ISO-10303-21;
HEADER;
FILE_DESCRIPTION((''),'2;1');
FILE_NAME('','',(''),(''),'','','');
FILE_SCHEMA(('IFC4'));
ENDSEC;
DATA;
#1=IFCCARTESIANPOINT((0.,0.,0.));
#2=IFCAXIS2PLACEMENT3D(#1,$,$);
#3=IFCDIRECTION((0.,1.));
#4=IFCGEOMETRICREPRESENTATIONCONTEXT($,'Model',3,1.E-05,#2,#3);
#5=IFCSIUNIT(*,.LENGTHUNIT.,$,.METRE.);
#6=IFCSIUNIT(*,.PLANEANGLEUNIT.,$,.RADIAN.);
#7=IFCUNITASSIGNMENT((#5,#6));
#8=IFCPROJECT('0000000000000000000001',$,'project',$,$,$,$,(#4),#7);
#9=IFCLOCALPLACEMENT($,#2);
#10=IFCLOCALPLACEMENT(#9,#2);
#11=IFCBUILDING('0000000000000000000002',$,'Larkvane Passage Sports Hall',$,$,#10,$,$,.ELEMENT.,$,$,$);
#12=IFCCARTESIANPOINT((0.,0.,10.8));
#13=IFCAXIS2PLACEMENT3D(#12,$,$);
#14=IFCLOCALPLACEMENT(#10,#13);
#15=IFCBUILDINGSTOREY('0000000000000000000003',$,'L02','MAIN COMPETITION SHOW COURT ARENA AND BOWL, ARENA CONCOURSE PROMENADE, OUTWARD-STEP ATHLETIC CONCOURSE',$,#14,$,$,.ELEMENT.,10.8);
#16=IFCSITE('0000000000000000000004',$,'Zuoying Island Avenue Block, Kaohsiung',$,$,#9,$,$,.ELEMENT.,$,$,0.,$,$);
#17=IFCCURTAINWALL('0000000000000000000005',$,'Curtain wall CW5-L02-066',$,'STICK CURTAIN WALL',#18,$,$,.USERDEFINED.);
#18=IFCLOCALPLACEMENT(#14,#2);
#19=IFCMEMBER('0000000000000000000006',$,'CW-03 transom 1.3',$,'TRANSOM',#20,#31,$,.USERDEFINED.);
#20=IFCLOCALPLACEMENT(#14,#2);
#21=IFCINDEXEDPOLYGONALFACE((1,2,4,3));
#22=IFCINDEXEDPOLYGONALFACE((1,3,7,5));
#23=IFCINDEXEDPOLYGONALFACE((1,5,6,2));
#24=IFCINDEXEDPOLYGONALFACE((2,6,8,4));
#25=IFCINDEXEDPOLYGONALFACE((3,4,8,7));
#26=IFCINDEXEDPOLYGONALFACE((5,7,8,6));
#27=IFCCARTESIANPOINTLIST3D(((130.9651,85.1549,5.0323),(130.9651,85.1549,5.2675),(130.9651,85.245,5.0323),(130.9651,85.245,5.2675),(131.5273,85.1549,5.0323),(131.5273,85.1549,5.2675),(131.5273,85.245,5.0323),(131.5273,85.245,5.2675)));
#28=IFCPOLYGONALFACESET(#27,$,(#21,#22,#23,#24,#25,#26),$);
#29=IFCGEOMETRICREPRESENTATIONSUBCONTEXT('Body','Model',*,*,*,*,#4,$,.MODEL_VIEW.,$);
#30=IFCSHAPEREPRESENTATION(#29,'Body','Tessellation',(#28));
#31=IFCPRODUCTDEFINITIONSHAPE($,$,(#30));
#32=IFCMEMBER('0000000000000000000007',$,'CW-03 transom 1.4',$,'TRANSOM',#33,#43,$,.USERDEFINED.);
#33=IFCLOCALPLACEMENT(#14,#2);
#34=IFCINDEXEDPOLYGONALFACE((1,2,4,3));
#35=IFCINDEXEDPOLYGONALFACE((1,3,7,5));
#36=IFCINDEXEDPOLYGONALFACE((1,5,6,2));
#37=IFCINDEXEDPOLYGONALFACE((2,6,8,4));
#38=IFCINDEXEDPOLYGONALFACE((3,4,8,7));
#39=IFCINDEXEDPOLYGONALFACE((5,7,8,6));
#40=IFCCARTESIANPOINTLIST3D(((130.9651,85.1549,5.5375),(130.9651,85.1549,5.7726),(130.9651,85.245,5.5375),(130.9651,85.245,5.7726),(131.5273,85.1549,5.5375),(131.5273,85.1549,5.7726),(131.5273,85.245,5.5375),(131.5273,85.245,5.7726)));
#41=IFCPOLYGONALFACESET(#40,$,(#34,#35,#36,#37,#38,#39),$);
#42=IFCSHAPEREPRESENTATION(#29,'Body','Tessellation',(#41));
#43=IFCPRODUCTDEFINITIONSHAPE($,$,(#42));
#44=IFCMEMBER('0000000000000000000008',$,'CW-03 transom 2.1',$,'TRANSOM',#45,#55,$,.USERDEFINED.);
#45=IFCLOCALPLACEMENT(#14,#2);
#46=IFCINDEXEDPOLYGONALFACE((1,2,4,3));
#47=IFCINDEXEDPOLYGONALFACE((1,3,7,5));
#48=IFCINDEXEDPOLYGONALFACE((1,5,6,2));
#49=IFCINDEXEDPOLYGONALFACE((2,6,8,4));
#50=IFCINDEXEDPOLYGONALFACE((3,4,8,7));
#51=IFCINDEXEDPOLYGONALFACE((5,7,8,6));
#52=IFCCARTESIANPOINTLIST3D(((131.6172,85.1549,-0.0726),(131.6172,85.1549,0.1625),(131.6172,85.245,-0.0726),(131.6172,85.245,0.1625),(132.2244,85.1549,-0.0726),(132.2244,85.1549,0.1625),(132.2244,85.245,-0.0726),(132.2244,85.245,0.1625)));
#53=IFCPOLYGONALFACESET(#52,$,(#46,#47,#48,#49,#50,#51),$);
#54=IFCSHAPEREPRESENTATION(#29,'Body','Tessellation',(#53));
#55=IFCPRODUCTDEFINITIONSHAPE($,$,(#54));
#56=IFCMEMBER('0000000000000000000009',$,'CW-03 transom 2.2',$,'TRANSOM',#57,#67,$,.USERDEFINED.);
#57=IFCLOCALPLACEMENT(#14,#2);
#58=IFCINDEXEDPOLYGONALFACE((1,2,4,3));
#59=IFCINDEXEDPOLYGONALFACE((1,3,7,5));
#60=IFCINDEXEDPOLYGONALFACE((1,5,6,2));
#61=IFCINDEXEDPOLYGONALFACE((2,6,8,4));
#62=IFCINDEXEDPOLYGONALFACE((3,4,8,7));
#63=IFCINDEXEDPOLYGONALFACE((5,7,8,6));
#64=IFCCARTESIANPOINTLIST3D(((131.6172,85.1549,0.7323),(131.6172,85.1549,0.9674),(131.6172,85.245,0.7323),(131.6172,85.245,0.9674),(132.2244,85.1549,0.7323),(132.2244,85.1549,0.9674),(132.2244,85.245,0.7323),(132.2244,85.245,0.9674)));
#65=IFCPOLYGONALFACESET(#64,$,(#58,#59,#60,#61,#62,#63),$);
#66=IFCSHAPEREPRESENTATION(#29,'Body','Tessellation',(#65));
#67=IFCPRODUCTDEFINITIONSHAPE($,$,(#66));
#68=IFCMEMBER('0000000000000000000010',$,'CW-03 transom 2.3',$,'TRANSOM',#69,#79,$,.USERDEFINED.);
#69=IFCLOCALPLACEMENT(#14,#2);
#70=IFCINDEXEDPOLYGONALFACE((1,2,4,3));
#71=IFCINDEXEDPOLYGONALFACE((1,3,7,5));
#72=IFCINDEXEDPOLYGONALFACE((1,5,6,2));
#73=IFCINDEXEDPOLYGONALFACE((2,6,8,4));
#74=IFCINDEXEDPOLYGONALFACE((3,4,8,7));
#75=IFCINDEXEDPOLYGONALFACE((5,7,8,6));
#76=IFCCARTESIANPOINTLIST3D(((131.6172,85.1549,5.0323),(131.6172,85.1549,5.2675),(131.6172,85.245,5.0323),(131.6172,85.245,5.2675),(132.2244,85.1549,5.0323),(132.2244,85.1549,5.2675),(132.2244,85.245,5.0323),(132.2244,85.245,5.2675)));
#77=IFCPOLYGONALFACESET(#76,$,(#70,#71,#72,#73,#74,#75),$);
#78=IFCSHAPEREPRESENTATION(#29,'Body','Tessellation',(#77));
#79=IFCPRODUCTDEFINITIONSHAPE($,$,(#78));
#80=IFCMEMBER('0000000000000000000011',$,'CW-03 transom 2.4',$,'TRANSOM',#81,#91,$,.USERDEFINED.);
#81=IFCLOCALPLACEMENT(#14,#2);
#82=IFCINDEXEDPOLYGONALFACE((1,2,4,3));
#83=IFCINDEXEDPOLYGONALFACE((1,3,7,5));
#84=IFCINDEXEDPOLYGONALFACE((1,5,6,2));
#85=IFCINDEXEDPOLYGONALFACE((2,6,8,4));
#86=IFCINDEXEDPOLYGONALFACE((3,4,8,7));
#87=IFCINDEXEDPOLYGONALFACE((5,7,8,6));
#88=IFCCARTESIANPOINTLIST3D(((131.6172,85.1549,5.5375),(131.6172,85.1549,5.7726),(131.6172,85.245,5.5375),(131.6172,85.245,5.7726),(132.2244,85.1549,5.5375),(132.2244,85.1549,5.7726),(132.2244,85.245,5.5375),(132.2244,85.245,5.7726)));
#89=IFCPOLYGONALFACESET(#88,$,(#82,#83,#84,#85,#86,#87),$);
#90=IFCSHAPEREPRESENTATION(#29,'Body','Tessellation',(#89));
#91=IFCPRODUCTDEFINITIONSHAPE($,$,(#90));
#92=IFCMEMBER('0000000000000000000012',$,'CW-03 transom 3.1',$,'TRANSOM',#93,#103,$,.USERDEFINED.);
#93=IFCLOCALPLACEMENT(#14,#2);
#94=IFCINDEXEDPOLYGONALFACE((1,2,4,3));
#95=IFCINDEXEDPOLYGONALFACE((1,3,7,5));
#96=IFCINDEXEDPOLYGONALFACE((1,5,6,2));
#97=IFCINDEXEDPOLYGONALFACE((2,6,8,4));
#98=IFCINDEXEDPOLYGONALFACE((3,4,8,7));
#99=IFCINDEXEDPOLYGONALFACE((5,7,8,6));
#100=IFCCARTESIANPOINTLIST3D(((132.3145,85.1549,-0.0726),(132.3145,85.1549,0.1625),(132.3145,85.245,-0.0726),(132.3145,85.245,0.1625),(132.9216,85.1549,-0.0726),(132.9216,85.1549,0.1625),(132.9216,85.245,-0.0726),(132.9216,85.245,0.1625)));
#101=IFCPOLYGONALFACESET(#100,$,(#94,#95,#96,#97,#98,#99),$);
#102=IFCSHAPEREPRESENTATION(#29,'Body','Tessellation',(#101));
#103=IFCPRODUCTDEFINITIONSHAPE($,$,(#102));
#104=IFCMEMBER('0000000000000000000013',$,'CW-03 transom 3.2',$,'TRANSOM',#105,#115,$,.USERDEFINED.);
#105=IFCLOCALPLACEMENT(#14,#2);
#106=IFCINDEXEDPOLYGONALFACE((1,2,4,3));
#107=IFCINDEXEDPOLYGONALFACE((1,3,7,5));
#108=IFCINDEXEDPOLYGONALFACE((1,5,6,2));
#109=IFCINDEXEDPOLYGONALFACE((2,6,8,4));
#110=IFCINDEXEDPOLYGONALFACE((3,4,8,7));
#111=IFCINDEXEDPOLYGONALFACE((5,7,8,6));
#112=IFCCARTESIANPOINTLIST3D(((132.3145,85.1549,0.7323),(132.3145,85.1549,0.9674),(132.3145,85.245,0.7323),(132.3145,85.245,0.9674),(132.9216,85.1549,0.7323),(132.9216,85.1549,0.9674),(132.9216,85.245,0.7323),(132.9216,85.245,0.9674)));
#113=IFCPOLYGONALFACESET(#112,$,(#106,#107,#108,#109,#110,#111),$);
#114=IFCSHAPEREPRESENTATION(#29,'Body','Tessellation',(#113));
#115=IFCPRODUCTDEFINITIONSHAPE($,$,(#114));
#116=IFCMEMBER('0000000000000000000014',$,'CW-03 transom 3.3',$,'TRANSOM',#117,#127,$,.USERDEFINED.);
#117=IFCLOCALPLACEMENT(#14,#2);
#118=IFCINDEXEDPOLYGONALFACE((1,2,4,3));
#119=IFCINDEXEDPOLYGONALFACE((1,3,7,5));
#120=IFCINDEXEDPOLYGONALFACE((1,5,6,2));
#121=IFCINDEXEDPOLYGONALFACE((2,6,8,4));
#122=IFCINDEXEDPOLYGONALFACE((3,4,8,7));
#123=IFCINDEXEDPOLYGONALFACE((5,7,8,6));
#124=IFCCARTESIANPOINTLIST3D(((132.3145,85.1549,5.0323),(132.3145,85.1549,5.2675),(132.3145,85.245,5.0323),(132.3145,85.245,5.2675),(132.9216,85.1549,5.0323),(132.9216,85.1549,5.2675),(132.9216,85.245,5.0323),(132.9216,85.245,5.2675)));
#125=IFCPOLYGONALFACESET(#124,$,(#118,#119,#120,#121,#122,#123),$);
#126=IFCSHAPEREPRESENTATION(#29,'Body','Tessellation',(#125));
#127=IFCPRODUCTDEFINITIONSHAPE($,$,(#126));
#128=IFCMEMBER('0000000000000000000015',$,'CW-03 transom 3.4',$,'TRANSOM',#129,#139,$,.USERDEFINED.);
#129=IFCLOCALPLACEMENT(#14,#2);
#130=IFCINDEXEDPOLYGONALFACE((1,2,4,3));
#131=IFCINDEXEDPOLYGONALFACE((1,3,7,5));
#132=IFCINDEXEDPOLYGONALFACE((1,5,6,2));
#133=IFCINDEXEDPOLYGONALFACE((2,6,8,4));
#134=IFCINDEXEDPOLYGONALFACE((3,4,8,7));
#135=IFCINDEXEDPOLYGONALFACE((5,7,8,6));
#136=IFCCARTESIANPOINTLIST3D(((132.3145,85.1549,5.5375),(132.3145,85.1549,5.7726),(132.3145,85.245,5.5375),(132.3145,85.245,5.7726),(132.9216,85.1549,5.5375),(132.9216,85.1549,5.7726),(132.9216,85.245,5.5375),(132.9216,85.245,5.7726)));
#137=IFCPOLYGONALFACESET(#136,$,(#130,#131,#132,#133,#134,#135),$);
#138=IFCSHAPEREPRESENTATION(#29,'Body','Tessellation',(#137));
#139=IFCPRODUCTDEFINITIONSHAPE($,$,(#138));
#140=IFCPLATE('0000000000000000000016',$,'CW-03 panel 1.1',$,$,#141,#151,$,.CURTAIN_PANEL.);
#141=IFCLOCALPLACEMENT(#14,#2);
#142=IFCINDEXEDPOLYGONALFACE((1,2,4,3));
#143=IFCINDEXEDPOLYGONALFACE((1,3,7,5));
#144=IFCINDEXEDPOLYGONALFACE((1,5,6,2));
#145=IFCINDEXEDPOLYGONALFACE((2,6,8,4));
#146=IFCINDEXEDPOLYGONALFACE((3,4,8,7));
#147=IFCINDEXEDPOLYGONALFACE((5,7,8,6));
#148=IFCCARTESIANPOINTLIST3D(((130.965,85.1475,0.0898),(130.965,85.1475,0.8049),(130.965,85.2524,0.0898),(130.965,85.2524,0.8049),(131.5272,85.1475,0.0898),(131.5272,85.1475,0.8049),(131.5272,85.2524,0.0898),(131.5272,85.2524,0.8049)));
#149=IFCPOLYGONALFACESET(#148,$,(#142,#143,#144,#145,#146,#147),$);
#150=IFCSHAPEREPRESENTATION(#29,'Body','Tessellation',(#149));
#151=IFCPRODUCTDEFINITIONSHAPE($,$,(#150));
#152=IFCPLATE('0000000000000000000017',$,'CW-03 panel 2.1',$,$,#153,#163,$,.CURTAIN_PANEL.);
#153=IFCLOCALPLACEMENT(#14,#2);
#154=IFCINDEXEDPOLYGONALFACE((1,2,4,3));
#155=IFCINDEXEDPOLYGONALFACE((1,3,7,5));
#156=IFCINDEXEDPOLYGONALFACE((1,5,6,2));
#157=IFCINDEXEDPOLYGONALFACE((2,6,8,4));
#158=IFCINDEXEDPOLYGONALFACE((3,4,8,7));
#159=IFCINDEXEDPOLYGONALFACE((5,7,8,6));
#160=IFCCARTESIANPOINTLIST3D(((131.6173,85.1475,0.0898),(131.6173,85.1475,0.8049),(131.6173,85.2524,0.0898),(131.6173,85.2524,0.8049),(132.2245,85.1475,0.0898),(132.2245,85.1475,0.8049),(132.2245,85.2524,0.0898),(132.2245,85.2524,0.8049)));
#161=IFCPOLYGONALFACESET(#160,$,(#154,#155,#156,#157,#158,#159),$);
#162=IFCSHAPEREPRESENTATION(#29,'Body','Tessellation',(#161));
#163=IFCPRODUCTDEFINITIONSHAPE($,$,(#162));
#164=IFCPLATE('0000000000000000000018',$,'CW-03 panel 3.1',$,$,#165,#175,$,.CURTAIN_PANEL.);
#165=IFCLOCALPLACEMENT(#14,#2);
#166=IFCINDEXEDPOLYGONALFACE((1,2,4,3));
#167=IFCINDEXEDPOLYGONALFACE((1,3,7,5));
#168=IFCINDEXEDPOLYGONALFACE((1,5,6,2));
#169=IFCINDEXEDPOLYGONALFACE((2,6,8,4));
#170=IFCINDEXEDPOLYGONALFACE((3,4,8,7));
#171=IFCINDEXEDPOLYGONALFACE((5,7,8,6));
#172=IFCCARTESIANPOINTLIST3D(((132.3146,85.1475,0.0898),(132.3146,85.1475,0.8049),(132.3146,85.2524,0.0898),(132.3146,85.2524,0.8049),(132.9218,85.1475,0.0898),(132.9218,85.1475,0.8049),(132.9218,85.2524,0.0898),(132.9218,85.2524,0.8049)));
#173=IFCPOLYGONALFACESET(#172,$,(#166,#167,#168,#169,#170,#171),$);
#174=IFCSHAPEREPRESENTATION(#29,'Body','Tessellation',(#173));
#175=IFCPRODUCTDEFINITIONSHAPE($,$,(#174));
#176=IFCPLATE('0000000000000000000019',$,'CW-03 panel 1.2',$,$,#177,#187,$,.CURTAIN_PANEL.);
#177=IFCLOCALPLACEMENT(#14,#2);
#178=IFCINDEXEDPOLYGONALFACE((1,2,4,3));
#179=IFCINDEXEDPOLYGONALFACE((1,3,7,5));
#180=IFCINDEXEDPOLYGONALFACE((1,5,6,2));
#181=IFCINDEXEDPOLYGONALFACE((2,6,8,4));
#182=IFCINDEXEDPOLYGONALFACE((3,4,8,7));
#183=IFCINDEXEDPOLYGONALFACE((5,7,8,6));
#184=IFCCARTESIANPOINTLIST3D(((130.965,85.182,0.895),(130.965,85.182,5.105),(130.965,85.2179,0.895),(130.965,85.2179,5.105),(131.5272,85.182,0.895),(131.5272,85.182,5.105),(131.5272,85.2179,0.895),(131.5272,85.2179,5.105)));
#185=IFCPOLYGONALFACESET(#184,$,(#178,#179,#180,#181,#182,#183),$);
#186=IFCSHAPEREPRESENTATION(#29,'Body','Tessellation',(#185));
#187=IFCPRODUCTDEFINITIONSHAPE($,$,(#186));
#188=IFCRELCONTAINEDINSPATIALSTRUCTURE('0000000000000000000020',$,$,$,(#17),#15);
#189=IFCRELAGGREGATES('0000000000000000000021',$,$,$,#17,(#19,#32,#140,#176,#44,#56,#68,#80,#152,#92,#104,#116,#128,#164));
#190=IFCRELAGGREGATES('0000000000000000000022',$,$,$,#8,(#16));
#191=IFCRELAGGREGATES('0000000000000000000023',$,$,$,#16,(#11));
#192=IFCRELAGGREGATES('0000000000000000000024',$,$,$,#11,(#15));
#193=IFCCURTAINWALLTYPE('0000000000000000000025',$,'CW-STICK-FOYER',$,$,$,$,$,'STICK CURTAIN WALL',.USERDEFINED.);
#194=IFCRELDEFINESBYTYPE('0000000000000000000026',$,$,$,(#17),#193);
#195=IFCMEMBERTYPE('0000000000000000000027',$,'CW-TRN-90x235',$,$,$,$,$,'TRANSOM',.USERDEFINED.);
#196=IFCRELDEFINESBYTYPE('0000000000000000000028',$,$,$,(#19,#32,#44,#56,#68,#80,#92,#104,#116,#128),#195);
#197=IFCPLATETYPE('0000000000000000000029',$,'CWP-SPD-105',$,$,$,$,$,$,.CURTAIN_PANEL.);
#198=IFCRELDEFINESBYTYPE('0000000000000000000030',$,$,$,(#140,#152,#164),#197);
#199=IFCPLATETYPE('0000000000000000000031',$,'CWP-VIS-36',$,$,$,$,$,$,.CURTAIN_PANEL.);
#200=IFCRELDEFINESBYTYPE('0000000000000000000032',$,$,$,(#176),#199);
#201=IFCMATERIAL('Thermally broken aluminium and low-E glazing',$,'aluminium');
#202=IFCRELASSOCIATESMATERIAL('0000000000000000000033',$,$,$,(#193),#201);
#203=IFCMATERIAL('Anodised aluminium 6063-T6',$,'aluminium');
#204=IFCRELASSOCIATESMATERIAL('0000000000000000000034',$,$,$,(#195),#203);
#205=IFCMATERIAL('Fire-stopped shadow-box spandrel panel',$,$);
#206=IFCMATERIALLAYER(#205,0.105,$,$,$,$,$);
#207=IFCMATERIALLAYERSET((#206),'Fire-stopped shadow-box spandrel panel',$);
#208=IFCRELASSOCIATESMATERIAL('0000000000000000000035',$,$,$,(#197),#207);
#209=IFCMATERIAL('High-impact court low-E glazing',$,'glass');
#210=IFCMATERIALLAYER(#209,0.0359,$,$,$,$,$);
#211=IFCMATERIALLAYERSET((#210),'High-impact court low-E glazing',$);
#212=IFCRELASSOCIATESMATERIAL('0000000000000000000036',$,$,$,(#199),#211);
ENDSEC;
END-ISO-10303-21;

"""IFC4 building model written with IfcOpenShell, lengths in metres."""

from ifc_helpers import new_model, si_unit, direction, frame, origin, origin_2d, place, context, subcontext, project, spatial, rectangle, extrude, material, layer, layer_set, material_profile, profile_set, type_object, element, aggregate, save


model = new_model("IFC4")

# Units and contexts
model_context = context("Model", 3, precision=1e-05, world=origin(), true_north=direction((0.0, 1.0)))
body_context = subcontext(model_context, "Body", "Model", "MODEL_VIEW")
ifc_project = project(units=[si_unit("LENGTHUNIT", "METRE"), si_unit("PLANEANGLEUNIT", "RADIAN")], contexts=[model_context])

# Site, building, storey
site_placement = place(None, origin())
site = spatial("IfcSite", under=ifc_project, at=site_placement, Name="Zuoying Island Avenue Block, Kaohsiung", CompositionType="ELEMENT", RefElevation=0.0)
building_placement = place(site_placement, origin())
building = spatial("IfcBuilding", under=site, at=building_placement, Name="Larkvane Passage Sports Hall", CompositionType="ELEMENT")
storey_placement = place(building_placement, frame((0.0, 0.0, 10.8)))
storey = spatial("IfcBuildingStorey", under=building, at=storey_placement, Name="L02", Description="MAIN COMPETITION SHOW COURT ARENA AND BOWL, ARENA CONCOURSE PROMENADE, OUTWARD-STEP ATHLETIC CONCOURSE", CompositionType="ELEMENT", Elevation=10.8)

# Curtain wall, members, plates
ifc_material_1 = material(Name="Thermally broken aluminium and low-E glazing", Category="aluminium")
curtain_wall_type = type_object("IfcCurtainWallType", Name="CW-STICK-FOYER", ElementType="STICK CURTAIN WALL", PredefinedType="USERDEFINED", material=ifc_material_1)
curtain_wall_placement = place(storey_placement, origin())
curtain_wall = element("IfcCurtainWall", 1, at=curtain_wall_placement, inside=storey, type_object=curtain_wall_type, Name="Curtain wall CW5-L02-066", ObjectType="STICK CURTAIN WALL", PredefinedType="USERDEFINED")
ifc_material_2 = material(Name="Anodised aluminium 6063-T6", Category="aluminium")
ifc_material_profile_1 = material_profile(ifc_material_2, rectangle(XDim=0.0901, YDim=0.2351, at=origin_2d()), Name="ALU-TRN-90x235")
ifc_profile_set_1 = profile_set([ifc_material_profile_1], Name="Anodised aluminium 6063-T6")
member_type_1 = type_object("IfcMemberType", Name="CW-TRN-90x235", ElementType="TRANSOM", PredefinedType="USERDEFINED", material=ifc_profile_set_1)
member_1_placement = place(storey_placement, frame((130.9651, 85.2, 5.1499), z_axis=(1.0, 0.0, 0.0), x_axis=(0.0, 1.0, 0.0)))
member_1 = element("IfcMember", 2, at=member_1_placement, type_object=member_type_1, Name="CW-03 transom 1.3", ObjectType="TRANSOM", PredefinedType="USERDEFINED", context=body_context, shape_type="SweptSolid", body=[
    extrude(rectangle(XDim=0.0901, YDim=0.2351, at=origin_2d()), origin(), (0.0, 0.0, 1.0), 0.5623),
])
member_2_placement = place(storey_placement, frame((130.9651, 85.2, 5.655), z_axis=(1.0, 0.0, 0.0), x_axis=(0.0, 1.0, 0.0)))
member_2 = element("IfcMember", 3, at=member_2_placement, type_object=member_type_1, Name="CW-03 transom 1.4", ObjectType="TRANSOM", PredefinedType="USERDEFINED", context=body_context, shape_type="SweptSolid", body=[
    extrude(rectangle(XDim=0.0901, YDim=0.2351, at=origin_2d()), origin(), (0.0, 0.0, 1.0), 0.5623),
])
member_3_placement = place(storey_placement, frame((131.6172, 85.2, 0.0449), z_axis=(1.0, 0.0, 0.0), x_axis=(0.0, 1.0, 0.0)))
member_3 = element("IfcMember", 4, at=member_3_placement, type_object=member_type_1, Name="CW-03 transom 2.1", ObjectType="TRANSOM", PredefinedType="USERDEFINED", context=body_context, shape_type="SweptSolid", body=[
    extrude(rectangle(XDim=0.0901, YDim=0.2351, at=origin_2d()), origin(), (0.0, 0.0, 1.0), 0.6072),
])
member_4_placement = place(storey_placement, frame((131.6172, 85.2, 0.8499), z_axis=(1.0, 0.0, 0.0), x_axis=(0.0, 1.0, 0.0)))
member_4 = element("IfcMember", 5, at=member_4_placement, type_object=member_type_1, Name="CW-03 transom 2.2", ObjectType="TRANSOM", PredefinedType="USERDEFINED", context=body_context, shape_type="SweptSolid", body=[
    extrude(rectangle(XDim=0.0901, YDim=0.2351, at=origin_2d()), origin(), (0.0, 0.0, 1.0), 0.6072),
])
member_5_placement = place(storey_placement, frame((131.6172, 85.2, 5.1499), z_axis=(1.0, 0.0, 0.0), x_axis=(0.0, 1.0, 0.0)))
member_5 = element("IfcMember", 6, at=member_5_placement, type_object=member_type_1, Name="CW-03 transom 2.3", ObjectType="TRANSOM", PredefinedType="USERDEFINED", context=body_context, shape_type="SweptSolid", body=[
    extrude(rectangle(XDim=0.0901, YDim=0.2351, at=origin_2d()), origin(), (0.0, 0.0, 1.0), 0.6072),
])
member_6_placement = place(storey_placement, frame((131.6172, 85.2, 5.655), z_axis=(1.0, 0.0, 0.0), x_axis=(0.0, 1.0, 0.0)))
member_6 = element("IfcMember", 7, at=member_6_placement, type_object=member_type_1, Name="CW-03 transom 2.4", ObjectType="TRANSOM", PredefinedType="USERDEFINED", context=body_context, shape_type="SweptSolid", body=[
    extrude(rectangle(XDim=0.0901, YDim=0.2351, at=origin_2d()), origin(), (0.0, 0.0, 1.0), 0.6072),
])
member_7_placement = place(storey_placement, frame((132.3145, 85.2, 0.0449), z_axis=(1.0, 0.0, 0.0), x_axis=(0.0, 1.0, 0.0)))
member_7 = element("IfcMember", 8, at=member_7_placement, type_object=member_type_1, Name="CW-03 transom 3.1", ObjectType="TRANSOM", PredefinedType="USERDEFINED", context=body_context, shape_type="SweptSolid", body=[
    extrude(rectangle(XDim=0.0901, YDim=0.2351, at=origin_2d()), origin(), (0.0, 0.0, 1.0), 0.6072),
])
member_8_placement = place(storey_placement, frame((132.3145, 85.2, 0.8499), z_axis=(1.0, 0.0, 0.0), x_axis=(0.0, 1.0, 0.0)))
member_8 = element("IfcMember", 9, at=member_8_placement, type_object=member_type_1, Name="CW-03 transom 3.2", ObjectType="TRANSOM", PredefinedType="USERDEFINED", context=body_context, shape_type="SweptSolid", body=[
    extrude(rectangle(XDim=0.0901, YDim=0.2351, at=origin_2d()), origin(), (0.0, 0.0, 1.0), 0.6072),
])
member_9_placement = place(storey_placement, frame((132.3145, 85.2, 5.1499), z_axis=(1.0, 0.0, 0.0), x_axis=(0.0, 1.0, 0.0)))
member_9 = element("IfcMember", 10, at=member_9_placement, type_object=member_type_1, Name="CW-03 transom 3.3", ObjectType="TRANSOM", PredefinedType="USERDEFINED", context=body_context, shape_type="SweptSolid", body=[
    extrude(rectangle(XDim=0.0901, YDim=0.2351, at=origin_2d()), origin(), (0.0, 0.0, 1.0), 0.6072),
])
member_10_placement = place(storey_placement, frame((132.3145, 85.2, 5.655), z_axis=(1.0, 0.0, 0.0), x_axis=(0.0, 1.0, 0.0)))
member_10 = element("IfcMember", 11, at=member_10_placement, type_object=member_type_1, Name="CW-03 transom 3.4", ObjectType="TRANSOM", PredefinedType="USERDEFINED", context=body_context, shape_type="SweptSolid", body=[
    extrude(rectangle(XDim=0.0901, YDim=0.2351, at=origin_2d()), origin(), (0.0, 0.0, 1.0), 0.6072),
])
ifc_material_3 = material(Name="Fire-stopped shadow-box spandrel panel")
ifc_layer_1 = layer(ifc_material_3, 0.105)
ifc_layer_set_1 = layer_set([ifc_layer_1], Name="Fire-stopped shadow-box spandrel panel")
plate_type_1 = type_object("IfcPlateType", Name="CWP-SPD-105", PredefinedType="CURTAIN_PANEL", material=ifc_layer_set_1)
plate_1_placement = place(storey_placement, frame((131.2461, 85.2, 0.0898), z_axis=(0.0, 0.0, 1.0), x_axis=(1.0, 0.0, 0.0)))
plate_1 = element("IfcPlate", 12, at=plate_1_placement, type_object=plate_type_1, Name="CW-03 panel 1.1", PredefinedType="CURTAIN_PANEL", context=body_context, shape_type="SweptSolid", body=[
    extrude(rectangle(XDim=0.5623, YDim=0.105, at=origin_2d()), origin(), (0.0, 0.0, 1.0), 0.7151),
])
plate_2_placement = place(storey_placement, frame((131.9209, 85.2, 0.0898), z_axis=(0.0, 0.0, 1.0), x_axis=(1.0, 0.0, 0.0)))
plate_2 = element("IfcPlate", 13, at=plate_2_placement, type_object=plate_type_1, Name="CW-03 panel 2.1", PredefinedType="CURTAIN_PANEL", context=body_context, shape_type="SweptSolid", body=[
    extrude(rectangle(XDim=0.6072, YDim=0.105, at=origin_2d()), origin(), (0.0, 0.0, 1.0), 0.7151),
])
plate_3_placement = place(storey_placement, frame((132.6182, 85.2, 0.0898), z_axis=(0.0, 0.0, 1.0), x_axis=(1.0, 0.0, 0.0)))
plate_3 = element("IfcPlate", 14, at=plate_3_placement, type_object=plate_type_1, Name="CW-03 panel 3.1", PredefinedType="CURTAIN_PANEL", context=body_context, shape_type="SweptSolid", body=[
    extrude(rectangle(XDim=0.6072, YDim=0.105, at=origin_2d()), origin(), (0.0, 0.0, 1.0), 0.7151),
])
ifc_material_4 = material(Name="High-impact court low-E glazing", Category="glass")
ifc_layer_2 = layer(ifc_material_4, 0.0359)
ifc_layer_set_2 = layer_set([ifc_layer_2], Name="High-impact court low-E glazing")
plate_type_2 = type_object("IfcPlateType", Name="CWP-VIS-36", PredefinedType="CURTAIN_PANEL", material=ifc_layer_set_2)
plate_4_placement = place(storey_placement, frame((131.2461, 85.2, 0.895), z_axis=(0.0, 0.0, 1.0), x_axis=(1.0, 0.0, 0.0)))
plate_4 = element("IfcPlate", 15, at=plate_4_placement, type_object=plate_type_2, Name="CW-03 panel 1.2", PredefinedType="CURTAIN_PANEL", context=body_context, shape_type="SweptSolid", body=[
    extrude(rectangle(XDim=0.5623, YDim=0.0359, at=origin_2d()), origin(), (0.0, 0.0, 1.0), 4.21),
])
aggregate(curtain_wall, [member_1, member_2, plate_1, plate_4, member_3, member_4, member_5, member_6, plate_2, member_7, member_8, member_9, member_10, plate_3])

save(model, "model.ifc")
